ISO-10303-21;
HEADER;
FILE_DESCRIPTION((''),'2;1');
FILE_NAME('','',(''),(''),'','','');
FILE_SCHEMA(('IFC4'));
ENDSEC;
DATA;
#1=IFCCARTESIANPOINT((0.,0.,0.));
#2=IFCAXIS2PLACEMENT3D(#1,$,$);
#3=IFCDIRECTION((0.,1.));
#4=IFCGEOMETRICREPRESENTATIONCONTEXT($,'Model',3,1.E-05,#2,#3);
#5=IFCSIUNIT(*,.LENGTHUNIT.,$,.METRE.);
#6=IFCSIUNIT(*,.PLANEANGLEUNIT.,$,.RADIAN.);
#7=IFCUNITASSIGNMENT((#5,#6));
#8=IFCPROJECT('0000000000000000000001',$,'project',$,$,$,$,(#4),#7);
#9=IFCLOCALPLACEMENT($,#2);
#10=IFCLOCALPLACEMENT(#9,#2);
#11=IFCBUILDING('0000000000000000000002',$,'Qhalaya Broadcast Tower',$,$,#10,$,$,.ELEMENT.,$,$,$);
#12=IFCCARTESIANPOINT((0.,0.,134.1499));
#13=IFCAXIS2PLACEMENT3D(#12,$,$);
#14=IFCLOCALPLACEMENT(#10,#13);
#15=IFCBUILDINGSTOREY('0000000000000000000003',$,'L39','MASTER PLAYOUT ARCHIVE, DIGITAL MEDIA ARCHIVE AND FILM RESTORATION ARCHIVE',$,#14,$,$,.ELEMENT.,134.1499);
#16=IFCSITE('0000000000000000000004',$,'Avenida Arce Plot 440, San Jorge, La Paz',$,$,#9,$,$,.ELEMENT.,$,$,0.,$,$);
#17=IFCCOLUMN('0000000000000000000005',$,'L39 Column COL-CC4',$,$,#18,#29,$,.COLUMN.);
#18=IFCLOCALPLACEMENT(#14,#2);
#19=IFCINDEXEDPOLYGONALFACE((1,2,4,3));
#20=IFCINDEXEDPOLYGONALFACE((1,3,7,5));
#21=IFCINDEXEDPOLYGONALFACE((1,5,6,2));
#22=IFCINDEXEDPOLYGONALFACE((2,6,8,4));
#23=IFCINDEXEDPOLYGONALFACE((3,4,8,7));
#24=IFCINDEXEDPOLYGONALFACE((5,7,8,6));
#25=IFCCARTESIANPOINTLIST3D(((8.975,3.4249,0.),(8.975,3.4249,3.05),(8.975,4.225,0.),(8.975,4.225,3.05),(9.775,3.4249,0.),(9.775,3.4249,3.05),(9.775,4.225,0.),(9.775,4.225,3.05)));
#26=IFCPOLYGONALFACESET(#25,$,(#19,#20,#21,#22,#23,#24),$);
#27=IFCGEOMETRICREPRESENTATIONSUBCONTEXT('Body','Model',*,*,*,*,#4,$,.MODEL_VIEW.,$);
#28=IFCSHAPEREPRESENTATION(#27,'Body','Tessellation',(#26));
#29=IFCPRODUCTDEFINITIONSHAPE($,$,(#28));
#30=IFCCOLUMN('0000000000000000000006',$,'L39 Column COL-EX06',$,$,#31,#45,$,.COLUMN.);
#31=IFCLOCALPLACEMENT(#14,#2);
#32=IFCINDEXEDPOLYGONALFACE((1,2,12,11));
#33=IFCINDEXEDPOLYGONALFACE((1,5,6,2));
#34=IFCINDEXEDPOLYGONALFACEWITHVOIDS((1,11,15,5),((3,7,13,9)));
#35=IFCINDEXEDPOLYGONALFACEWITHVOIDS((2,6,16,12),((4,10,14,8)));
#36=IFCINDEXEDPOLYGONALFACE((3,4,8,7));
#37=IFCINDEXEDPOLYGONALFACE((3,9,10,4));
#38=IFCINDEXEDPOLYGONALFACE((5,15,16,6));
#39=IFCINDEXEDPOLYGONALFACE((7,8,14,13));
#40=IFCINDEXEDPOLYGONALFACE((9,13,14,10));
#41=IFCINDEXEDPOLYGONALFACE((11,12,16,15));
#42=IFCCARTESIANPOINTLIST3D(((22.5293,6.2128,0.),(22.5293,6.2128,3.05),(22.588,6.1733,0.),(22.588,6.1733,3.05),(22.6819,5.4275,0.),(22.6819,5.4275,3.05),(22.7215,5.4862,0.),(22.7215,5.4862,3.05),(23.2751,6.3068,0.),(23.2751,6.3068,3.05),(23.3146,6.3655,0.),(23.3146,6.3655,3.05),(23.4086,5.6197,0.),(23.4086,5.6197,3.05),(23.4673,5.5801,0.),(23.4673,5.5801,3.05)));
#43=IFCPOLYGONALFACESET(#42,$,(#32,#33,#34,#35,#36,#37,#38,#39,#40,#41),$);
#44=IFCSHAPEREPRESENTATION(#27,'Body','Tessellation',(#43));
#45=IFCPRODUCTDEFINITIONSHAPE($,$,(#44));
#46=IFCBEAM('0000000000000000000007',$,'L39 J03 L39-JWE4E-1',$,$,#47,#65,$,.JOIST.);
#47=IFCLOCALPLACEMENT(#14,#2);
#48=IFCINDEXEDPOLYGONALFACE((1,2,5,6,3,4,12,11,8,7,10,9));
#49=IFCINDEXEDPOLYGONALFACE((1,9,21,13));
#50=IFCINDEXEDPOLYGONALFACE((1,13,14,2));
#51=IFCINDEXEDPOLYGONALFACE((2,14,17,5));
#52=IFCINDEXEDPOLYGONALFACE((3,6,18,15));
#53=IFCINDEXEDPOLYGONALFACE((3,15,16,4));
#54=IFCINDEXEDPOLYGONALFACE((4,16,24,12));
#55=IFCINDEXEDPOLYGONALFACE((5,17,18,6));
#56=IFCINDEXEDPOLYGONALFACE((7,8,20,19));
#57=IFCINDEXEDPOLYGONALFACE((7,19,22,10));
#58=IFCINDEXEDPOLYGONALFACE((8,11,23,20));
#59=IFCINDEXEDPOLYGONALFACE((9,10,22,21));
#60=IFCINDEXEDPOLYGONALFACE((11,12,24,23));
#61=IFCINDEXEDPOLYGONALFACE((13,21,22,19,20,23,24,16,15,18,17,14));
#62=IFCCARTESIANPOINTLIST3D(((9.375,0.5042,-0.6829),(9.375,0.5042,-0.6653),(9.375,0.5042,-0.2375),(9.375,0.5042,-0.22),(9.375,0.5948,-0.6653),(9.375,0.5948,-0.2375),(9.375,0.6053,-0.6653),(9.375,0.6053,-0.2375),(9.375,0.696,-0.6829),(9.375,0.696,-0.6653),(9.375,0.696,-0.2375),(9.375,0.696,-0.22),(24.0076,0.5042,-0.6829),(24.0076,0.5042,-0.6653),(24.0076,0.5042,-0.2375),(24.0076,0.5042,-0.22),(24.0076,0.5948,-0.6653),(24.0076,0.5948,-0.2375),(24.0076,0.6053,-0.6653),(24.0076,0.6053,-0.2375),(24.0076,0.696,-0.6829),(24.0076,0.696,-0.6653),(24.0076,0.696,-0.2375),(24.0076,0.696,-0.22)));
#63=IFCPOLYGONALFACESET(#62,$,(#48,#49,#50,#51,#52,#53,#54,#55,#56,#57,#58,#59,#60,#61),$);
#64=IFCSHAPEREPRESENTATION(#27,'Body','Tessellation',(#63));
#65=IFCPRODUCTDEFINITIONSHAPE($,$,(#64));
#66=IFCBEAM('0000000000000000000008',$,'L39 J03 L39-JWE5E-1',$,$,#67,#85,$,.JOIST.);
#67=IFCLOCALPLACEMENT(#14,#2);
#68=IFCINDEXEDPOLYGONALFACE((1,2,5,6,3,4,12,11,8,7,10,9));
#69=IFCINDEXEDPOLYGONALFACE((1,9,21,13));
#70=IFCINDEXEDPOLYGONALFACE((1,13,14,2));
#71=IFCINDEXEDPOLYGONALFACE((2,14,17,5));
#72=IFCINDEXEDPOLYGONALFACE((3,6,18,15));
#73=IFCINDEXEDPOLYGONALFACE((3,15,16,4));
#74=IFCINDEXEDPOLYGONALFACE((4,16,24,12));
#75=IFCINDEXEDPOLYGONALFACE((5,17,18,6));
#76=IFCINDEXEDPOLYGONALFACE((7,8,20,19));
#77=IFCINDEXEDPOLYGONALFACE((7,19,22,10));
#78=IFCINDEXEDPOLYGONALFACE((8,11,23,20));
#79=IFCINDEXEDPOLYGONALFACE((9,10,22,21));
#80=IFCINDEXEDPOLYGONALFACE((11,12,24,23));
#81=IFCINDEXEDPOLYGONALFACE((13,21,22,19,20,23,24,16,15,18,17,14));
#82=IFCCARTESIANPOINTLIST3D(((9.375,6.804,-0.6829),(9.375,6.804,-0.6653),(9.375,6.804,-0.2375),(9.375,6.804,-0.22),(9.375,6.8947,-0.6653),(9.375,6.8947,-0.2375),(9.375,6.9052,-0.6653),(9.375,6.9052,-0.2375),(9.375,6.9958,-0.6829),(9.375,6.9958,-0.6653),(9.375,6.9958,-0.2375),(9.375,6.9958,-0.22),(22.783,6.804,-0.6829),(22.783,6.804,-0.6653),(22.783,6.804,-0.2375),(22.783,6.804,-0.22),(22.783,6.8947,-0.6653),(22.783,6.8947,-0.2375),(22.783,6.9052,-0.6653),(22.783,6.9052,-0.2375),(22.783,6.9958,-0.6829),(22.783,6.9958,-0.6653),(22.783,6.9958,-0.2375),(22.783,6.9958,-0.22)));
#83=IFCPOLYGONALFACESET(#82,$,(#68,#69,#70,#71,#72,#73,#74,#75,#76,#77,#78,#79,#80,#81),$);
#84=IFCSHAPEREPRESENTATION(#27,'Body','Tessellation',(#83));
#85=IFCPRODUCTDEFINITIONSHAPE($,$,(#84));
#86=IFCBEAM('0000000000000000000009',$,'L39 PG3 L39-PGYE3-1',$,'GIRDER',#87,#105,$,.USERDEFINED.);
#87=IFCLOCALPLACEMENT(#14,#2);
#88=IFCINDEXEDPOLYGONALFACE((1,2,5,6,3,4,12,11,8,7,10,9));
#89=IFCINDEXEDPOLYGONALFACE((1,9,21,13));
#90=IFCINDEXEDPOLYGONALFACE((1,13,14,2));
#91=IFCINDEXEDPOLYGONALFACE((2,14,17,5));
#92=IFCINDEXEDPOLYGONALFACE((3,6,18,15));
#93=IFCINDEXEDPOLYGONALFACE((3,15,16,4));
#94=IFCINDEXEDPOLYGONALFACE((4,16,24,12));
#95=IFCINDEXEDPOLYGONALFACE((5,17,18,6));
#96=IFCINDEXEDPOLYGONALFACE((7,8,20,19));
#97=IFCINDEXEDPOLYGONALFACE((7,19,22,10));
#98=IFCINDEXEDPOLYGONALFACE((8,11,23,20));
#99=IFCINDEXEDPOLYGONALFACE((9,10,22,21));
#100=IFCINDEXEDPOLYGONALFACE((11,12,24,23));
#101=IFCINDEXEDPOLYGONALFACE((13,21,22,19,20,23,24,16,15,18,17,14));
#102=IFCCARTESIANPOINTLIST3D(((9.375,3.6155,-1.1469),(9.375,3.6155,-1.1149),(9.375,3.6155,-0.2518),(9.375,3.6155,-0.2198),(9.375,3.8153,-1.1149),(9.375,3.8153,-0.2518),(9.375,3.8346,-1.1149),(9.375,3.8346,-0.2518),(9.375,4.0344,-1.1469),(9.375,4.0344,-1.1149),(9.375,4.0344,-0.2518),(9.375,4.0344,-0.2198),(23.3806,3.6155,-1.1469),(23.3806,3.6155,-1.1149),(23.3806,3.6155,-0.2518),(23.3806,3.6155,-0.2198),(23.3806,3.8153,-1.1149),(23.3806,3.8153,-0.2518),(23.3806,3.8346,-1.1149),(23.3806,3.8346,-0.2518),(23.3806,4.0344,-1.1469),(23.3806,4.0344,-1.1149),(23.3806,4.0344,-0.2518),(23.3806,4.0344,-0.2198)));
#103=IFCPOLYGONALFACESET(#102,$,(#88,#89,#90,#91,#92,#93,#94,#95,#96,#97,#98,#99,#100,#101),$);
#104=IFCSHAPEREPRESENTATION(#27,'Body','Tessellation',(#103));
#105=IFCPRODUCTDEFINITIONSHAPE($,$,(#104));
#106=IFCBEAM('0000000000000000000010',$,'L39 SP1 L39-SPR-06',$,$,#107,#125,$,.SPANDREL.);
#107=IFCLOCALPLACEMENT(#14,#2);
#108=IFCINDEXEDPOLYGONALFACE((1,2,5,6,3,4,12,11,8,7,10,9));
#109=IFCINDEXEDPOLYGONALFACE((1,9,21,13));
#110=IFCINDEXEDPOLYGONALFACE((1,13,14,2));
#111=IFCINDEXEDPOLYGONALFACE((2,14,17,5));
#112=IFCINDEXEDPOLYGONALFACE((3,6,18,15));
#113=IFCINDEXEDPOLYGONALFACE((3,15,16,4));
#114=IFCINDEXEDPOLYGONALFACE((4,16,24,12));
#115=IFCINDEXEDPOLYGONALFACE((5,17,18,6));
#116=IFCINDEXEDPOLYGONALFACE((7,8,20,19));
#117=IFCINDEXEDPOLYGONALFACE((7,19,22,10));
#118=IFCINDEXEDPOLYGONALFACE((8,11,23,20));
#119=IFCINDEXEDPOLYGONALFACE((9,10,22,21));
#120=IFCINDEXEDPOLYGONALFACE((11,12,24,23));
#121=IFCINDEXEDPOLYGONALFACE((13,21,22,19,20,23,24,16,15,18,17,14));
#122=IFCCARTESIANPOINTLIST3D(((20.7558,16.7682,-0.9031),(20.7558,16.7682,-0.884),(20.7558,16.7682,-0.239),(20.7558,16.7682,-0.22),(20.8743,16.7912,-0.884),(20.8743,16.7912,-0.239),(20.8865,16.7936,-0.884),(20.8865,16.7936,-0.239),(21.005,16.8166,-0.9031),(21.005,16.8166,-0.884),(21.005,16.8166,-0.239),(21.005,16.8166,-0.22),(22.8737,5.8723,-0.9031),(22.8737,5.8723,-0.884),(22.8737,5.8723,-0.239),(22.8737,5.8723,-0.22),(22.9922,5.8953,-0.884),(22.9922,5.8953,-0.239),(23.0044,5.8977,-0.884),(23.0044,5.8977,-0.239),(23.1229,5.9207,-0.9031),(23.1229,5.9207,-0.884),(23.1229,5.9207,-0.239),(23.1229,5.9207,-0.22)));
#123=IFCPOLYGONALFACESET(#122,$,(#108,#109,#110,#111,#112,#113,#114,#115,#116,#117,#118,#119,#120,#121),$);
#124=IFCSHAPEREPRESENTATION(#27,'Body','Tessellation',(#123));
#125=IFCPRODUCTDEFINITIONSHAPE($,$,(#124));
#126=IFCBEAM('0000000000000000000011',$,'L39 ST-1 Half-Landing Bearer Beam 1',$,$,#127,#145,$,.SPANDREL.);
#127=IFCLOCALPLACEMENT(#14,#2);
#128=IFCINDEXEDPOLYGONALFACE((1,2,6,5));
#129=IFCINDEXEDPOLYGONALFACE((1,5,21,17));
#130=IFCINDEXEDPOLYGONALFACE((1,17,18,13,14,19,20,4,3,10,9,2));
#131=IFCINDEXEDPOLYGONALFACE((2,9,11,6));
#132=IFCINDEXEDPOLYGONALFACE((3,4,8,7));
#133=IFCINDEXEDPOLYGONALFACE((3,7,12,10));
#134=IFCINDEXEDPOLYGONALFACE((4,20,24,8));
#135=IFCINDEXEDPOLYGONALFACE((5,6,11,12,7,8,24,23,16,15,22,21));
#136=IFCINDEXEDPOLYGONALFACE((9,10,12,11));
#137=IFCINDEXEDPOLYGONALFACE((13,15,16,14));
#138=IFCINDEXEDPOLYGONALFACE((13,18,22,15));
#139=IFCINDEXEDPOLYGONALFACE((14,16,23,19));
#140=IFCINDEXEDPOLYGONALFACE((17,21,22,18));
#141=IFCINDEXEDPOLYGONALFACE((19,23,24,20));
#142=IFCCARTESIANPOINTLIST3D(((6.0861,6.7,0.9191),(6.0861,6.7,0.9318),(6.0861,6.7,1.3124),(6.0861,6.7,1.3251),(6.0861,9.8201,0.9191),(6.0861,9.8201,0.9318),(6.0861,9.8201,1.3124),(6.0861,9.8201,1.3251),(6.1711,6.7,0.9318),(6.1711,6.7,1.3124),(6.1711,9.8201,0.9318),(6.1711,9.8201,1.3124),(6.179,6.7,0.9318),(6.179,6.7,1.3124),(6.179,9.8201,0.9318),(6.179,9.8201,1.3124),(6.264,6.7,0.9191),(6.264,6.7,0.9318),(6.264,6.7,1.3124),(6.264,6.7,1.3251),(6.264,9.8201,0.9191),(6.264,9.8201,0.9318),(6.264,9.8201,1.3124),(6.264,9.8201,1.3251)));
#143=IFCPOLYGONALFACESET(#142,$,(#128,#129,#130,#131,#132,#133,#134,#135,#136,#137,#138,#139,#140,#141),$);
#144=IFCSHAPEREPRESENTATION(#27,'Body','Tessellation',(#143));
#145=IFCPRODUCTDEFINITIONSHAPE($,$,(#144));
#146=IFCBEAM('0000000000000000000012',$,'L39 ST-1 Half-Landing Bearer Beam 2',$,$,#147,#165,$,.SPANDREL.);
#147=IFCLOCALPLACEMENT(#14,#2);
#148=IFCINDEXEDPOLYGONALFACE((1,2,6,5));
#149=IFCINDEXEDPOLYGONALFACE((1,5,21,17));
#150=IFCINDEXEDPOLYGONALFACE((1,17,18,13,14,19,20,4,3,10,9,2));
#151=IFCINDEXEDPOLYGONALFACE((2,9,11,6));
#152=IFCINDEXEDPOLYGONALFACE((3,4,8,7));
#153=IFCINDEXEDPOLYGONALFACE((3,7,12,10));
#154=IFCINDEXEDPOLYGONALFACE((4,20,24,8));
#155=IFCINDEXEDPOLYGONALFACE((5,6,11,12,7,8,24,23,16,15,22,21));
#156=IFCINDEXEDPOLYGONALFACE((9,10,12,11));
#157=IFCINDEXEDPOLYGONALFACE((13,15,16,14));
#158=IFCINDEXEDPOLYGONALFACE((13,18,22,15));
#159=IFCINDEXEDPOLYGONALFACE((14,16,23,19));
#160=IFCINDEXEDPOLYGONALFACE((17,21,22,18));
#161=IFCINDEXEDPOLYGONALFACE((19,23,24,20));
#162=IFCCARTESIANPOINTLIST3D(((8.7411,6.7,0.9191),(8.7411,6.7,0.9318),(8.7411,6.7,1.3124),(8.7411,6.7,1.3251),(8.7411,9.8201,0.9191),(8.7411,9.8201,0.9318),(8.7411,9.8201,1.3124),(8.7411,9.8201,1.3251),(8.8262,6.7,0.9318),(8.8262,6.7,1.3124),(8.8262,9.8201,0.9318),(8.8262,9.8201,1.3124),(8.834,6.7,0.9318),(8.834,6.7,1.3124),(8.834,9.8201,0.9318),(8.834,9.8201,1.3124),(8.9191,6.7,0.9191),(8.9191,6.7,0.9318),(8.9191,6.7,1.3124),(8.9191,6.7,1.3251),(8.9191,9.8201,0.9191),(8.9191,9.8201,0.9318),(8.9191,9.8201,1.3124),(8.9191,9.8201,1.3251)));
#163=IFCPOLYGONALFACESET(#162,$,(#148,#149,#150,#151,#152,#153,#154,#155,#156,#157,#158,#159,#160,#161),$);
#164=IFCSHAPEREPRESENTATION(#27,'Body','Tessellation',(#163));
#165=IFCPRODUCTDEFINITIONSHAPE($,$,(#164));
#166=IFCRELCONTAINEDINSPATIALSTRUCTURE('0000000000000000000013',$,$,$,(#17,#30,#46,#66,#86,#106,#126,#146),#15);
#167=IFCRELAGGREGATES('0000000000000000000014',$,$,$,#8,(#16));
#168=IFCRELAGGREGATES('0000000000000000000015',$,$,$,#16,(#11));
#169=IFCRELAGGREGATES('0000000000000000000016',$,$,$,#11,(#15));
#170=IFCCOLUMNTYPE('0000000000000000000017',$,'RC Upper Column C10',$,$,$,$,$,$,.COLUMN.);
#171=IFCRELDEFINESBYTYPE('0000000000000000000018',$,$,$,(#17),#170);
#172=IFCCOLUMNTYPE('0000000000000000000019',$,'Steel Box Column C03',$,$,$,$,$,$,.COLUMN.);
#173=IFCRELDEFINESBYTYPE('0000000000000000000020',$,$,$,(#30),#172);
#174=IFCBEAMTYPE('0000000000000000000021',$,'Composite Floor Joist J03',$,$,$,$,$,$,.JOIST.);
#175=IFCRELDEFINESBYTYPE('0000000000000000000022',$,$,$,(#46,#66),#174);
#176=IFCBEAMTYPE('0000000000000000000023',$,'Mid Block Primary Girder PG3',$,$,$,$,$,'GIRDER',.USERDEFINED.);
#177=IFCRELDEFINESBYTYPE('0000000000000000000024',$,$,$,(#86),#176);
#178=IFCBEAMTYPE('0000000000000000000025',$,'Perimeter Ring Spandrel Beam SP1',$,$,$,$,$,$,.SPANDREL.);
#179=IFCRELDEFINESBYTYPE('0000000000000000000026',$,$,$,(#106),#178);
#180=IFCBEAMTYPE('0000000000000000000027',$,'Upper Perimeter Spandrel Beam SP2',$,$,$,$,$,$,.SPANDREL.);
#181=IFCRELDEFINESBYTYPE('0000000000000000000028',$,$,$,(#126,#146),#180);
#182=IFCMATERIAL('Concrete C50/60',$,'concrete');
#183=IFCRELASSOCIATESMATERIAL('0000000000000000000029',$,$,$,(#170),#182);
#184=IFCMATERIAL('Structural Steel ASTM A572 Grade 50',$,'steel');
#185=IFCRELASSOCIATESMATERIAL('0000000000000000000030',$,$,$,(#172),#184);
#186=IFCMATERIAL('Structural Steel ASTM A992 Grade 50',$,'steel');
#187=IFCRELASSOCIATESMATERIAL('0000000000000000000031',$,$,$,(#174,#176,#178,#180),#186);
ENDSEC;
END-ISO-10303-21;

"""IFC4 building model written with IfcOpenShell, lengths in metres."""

from ifc_helpers import new_model, si_unit, direction, frame, origin, origin_2d, place, context, subcontext, project, spatial, rectangle, hollow_rectangle, i_section, extrude, material, material_profile, profile_set, type_object, element, save


model = new_model("IFC4")

# Units and contexts
model_context = context("Model", 3, precision=1e-05, world=origin(), true_north=direction((0.0, 1.0)))
body_context = subcontext(model_context, "Body", "Model", "MODEL_VIEW")
ifc_project = project(units=[si_unit("LENGTHUNIT", "METRE"), si_unit("PLANEANGLEUNIT", "RADIAN")], contexts=[model_context])

# Site, building, storey
site_placement = place(None, origin())
site = spatial("IfcSite", under=ifc_project, at=site_placement, Name="Avenida Arce Plot 440, San Jorge, La Paz", CompositionType="ELEMENT", RefElevation=0.0)
building_placement = place(site_placement, origin())
building = spatial("IfcBuilding", under=site, at=building_placement, Name="Qhalaya Broadcast Tower", CompositionType="ELEMENT")
storey_placement = place(building_placement, frame((0.0, 0.0, 134.1499)))
storey = spatial("IfcBuildingStorey", under=building, at=storey_placement, Name="L39", Description="MASTER PLAYOUT ARCHIVE, DIGITAL MEDIA ARCHIVE AND FILM RESTORATION ARCHIVE", CompositionType="ELEMENT", Elevation=134.1499)

# Columns
ifc_material_1 = material(Name="Concrete C50/60", Category="concrete")
ifc_material_profile_1 = material_profile(ifc_material_1, rectangle(XDim=0.8, YDim=0.8, at=origin_2d()), Name="RC-COL 800x800")
ifc_profile_set_1 = profile_set([ifc_material_profile_1], Name="Concrete C50/60")
column_type_1 = type_object("IfcColumnType", Name="RC Upper Column C10", PredefinedType="COLUMN", material=ifc_profile_set_1)
column_1_placement = place(storey_placement, frame((9.375, 3.825, 0.0), z_axis=(0.0, 0.0, 1.0), x_axis=(1.0, 0.0, 0.0)))
element("IfcColumn", 1, at=column_1_placement, inside=storey, type_object=column_type_1, Name="L39 Column COL-CC4", PredefinedType="COLUMN", context=body_context, shape_type="SweptSolid", body=[
    extrude(rectangle(XDim=0.8, YDim=0.8, at=origin_2d()), origin(), (0.0, 0.0, 1.0), 3.05),
])
ifc_material_2 = material(Name="Structural Steel ASTM A572 Grade 50", Category="steel")
ifc_material_profile_2 = material_profile(ifc_material_2, hollow_rectangle(XDim=0.8, YDim=0.8, WallThickness=0.05, at=origin_2d()), Name="BOX 800x800x50")
ifc_profile_set_2 = profile_set([ifc_material_profile_2], Name="Structural Steel ASTM A572 Grade 50")
column_type_2 = type_object("IfcColumnType", Name="Steel Box Column C03", PredefinedType="COLUMN", material=ifc_profile_set_2)
column_2_placement = place(storey_placement, frame((22.9983, 5.8965, 0.0), z_axis=(0.0, 0.0, 1.0), x_axis=(-0.190809, 0.981627, 0.0)))
element("IfcColumn", 2, at=column_2_placement, inside=storey, type_object=column_type_2, Name="L39 Column COL-EX06", PredefinedType="COLUMN", context=body_context, shape_type="SweptSolid", body=[
    extrude(hollow_rectangle(XDim=0.8, YDim=0.8, WallThickness=0.05, at=origin_2d()), origin(), (0.0, 0.0, 1.0), 3.05),
])

# Beams
ifc_material_3 = material(Name="Structural Steel ASTM A992 Grade 50", Category="steel")
ifc_material_profile_3 = material_profile(ifc_material_3, i_section(OverallWidth=0.1919, OverallDepth=0.4629, WebThickness=0.0105, FlangeThickness=0.0176, at=origin_2d()), Name="W18X60")
ifc_profile_set_3 = profile_set([ifc_material_profile_3], Name="Structural Steel ASTM A992 Grade 50")
beam_type_1 = type_object("IfcBeamType", Name="Composite Floor Joist J03", PredefinedType="JOIST", material=ifc_profile_set_3)
beam_1_placement = place(storey_placement, frame((9.375, 0.6001, -0.4514), z_axis=(1.0, 0.0, 0.0), x_axis=(0.0, 1.0, 0.0)))
element("IfcBeam", 3, at=beam_1_placement, inside=storey, type_object=beam_type_1, Name="L39 J03 L39-JWE4E-1", PredefinedType="JOIST", context=body_context, shape_type="SweptSolid", body=[
    extrude(i_section(OverallWidth=0.1919, OverallDepth=0.4629, WebThickness=0.0105, FlangeThickness=0.0176, at=origin_2d()), origin(), (0.0, 0.0, 1.0), 14.6326),
])
beam_2_placement = place(storey_placement, frame((9.375, 6.8999, -0.4514), z_axis=(1.0, 0.0, 0.0), x_axis=(0.0, 1.0, 0.0)))
element("IfcBeam", 4, at=beam_2_placement, inside=storey, type_object=beam_type_1, Name="L39 J03 L39-JWE5E-1", PredefinedType="JOIST", context=body_context, shape_type="SweptSolid", body=[
    extrude(i_section(OverallWidth=0.1919, OverallDepth=0.4629, WebThickness=0.0105, FlangeThickness=0.0176, at=origin_2d()), origin(), (0.0, 0.0, 1.0), 13.408),
])
ifc_material_profile_4 = material_profile(ifc_material_3, i_section(OverallWidth=0.4189, OverallDepth=0.927, WebThickness=0.0193, FlangeThickness=0.032, at=origin_2d()), Name="W36X231")
ifc_profile_set_4 = profile_set([ifc_material_profile_4], Name="Structural Steel ASTM A992 Grade 50")
beam_type_2 = type_object("IfcBeamType", Name="Mid Block Primary Girder PG3", ElementType="GIRDER", PredefinedType="USERDEFINED", material=ifc_profile_set_4)
beam_3_placement = place(storey_placement, frame((9.375, 3.825, -0.6833), z_axis=(1.0, 0.0, 0.0), x_axis=(0.0, 1.0, 0.0)))
element("IfcBeam", 5, at=beam_3_placement, inside=storey, type_object=beam_type_2, Name="L39 PG3 L39-PGYE3-1", ObjectType="GIRDER", PredefinedType="USERDEFINED", context=body_context, shape_type="SweptSolid", body=[
    extrude(i_section(OverallWidth=0.4189, OverallDepth=0.927, WebThickness=0.0193, FlangeThickness=0.032, at=origin_2d()), origin(), (0.0, 0.0, 1.0), 14.0056),
])
ifc_material_profile_5 = material_profile(ifc_material_3, i_section(OverallWidth=0.2539, OverallDepth=0.6831, WebThickness=0.0125, FlangeThickness=0.019, at=origin_2d()), Name="W27X94")
ifc_profile_set_5 = profile_set([ifc_material_profile_5], Name="Structural Steel ASTM A992 Grade 50")
beam_type_3 = type_object("IfcBeamType", Name="Perimeter Ring Spandrel Beam SP1", PredefinedType="SPANDREL", material=ifc_profile_set_5)
beam_4_placement = place(storey_placement, frame((22.9983, 5.8965, -0.5615), z_axis=(-0.190805, 0.981628, 0.0), x_axis=(-0.981628, -0.190805, 0.0)))
element("IfcBeam", 6, at=beam_4_placement, inside=storey, type_object=beam_type_3, Name="L39 SP1 L39-SPR-06", PredefinedType="SPANDREL", context=body_context, shape_type="SweptSolid", body=[
    extrude(i_section(OverallWidth=0.2539, OverallDepth=0.6831, WebThickness=0.0125, FlangeThickness=0.019, at=origin_2d()), origin(), (0.0, 0.0, 1.0), 11.0999),
])
ifc_material_profile_6 = material_profile(ifc_material_3, i_section(OverallWidth=0.178, OverallDepth=0.406, WebThickness=0.0078, FlangeThickness=0.0127, at=origin_2d()), Name="W16X40")
ifc_profile_set_6 = profile_set([ifc_material_profile_6], Name="Structural Steel ASTM A992 Grade 50")
beam_type_4 = type_object("IfcBeamType", Name="Upper Perimeter Spandrel Beam SP2", PredefinedType="SPANDREL", material=ifc_profile_set_6)
for number, where, z_axis, x_axis, name in (
    (7, (6.175, 6.7, 1.1221), (0.0, 1.0, 0.0), (-1.0, 0.0, 0.0), "L39 ST-1 Half-Landing Bearer Beam 1"),
    (8, (8.8301, 6.7, 1.1221), (0.0, 1.0, 0.0), (-1.0, 0.0, 0.0), "L39 ST-1 Half-Landing Bearer Beam 2"),
):
    element("IfcBeam", number, at=place(storey_placement, frame(where, z_axis=z_axis, x_axis=x_axis)), inside=storey, type_object=beam_type_4, Name=name, PredefinedType="SPANDREL", context=body_context, shape_type="SweptSolid", body=[
        extrude(i_section(OverallWidth=0.178, OverallDepth=0.406, WebThickness=0.0078, FlangeThickness=0.0127, at=origin_2d()), origin(), (0.0, 0.0, 1.0), 3.1201),
    ])

save(model, "model.ifc")
